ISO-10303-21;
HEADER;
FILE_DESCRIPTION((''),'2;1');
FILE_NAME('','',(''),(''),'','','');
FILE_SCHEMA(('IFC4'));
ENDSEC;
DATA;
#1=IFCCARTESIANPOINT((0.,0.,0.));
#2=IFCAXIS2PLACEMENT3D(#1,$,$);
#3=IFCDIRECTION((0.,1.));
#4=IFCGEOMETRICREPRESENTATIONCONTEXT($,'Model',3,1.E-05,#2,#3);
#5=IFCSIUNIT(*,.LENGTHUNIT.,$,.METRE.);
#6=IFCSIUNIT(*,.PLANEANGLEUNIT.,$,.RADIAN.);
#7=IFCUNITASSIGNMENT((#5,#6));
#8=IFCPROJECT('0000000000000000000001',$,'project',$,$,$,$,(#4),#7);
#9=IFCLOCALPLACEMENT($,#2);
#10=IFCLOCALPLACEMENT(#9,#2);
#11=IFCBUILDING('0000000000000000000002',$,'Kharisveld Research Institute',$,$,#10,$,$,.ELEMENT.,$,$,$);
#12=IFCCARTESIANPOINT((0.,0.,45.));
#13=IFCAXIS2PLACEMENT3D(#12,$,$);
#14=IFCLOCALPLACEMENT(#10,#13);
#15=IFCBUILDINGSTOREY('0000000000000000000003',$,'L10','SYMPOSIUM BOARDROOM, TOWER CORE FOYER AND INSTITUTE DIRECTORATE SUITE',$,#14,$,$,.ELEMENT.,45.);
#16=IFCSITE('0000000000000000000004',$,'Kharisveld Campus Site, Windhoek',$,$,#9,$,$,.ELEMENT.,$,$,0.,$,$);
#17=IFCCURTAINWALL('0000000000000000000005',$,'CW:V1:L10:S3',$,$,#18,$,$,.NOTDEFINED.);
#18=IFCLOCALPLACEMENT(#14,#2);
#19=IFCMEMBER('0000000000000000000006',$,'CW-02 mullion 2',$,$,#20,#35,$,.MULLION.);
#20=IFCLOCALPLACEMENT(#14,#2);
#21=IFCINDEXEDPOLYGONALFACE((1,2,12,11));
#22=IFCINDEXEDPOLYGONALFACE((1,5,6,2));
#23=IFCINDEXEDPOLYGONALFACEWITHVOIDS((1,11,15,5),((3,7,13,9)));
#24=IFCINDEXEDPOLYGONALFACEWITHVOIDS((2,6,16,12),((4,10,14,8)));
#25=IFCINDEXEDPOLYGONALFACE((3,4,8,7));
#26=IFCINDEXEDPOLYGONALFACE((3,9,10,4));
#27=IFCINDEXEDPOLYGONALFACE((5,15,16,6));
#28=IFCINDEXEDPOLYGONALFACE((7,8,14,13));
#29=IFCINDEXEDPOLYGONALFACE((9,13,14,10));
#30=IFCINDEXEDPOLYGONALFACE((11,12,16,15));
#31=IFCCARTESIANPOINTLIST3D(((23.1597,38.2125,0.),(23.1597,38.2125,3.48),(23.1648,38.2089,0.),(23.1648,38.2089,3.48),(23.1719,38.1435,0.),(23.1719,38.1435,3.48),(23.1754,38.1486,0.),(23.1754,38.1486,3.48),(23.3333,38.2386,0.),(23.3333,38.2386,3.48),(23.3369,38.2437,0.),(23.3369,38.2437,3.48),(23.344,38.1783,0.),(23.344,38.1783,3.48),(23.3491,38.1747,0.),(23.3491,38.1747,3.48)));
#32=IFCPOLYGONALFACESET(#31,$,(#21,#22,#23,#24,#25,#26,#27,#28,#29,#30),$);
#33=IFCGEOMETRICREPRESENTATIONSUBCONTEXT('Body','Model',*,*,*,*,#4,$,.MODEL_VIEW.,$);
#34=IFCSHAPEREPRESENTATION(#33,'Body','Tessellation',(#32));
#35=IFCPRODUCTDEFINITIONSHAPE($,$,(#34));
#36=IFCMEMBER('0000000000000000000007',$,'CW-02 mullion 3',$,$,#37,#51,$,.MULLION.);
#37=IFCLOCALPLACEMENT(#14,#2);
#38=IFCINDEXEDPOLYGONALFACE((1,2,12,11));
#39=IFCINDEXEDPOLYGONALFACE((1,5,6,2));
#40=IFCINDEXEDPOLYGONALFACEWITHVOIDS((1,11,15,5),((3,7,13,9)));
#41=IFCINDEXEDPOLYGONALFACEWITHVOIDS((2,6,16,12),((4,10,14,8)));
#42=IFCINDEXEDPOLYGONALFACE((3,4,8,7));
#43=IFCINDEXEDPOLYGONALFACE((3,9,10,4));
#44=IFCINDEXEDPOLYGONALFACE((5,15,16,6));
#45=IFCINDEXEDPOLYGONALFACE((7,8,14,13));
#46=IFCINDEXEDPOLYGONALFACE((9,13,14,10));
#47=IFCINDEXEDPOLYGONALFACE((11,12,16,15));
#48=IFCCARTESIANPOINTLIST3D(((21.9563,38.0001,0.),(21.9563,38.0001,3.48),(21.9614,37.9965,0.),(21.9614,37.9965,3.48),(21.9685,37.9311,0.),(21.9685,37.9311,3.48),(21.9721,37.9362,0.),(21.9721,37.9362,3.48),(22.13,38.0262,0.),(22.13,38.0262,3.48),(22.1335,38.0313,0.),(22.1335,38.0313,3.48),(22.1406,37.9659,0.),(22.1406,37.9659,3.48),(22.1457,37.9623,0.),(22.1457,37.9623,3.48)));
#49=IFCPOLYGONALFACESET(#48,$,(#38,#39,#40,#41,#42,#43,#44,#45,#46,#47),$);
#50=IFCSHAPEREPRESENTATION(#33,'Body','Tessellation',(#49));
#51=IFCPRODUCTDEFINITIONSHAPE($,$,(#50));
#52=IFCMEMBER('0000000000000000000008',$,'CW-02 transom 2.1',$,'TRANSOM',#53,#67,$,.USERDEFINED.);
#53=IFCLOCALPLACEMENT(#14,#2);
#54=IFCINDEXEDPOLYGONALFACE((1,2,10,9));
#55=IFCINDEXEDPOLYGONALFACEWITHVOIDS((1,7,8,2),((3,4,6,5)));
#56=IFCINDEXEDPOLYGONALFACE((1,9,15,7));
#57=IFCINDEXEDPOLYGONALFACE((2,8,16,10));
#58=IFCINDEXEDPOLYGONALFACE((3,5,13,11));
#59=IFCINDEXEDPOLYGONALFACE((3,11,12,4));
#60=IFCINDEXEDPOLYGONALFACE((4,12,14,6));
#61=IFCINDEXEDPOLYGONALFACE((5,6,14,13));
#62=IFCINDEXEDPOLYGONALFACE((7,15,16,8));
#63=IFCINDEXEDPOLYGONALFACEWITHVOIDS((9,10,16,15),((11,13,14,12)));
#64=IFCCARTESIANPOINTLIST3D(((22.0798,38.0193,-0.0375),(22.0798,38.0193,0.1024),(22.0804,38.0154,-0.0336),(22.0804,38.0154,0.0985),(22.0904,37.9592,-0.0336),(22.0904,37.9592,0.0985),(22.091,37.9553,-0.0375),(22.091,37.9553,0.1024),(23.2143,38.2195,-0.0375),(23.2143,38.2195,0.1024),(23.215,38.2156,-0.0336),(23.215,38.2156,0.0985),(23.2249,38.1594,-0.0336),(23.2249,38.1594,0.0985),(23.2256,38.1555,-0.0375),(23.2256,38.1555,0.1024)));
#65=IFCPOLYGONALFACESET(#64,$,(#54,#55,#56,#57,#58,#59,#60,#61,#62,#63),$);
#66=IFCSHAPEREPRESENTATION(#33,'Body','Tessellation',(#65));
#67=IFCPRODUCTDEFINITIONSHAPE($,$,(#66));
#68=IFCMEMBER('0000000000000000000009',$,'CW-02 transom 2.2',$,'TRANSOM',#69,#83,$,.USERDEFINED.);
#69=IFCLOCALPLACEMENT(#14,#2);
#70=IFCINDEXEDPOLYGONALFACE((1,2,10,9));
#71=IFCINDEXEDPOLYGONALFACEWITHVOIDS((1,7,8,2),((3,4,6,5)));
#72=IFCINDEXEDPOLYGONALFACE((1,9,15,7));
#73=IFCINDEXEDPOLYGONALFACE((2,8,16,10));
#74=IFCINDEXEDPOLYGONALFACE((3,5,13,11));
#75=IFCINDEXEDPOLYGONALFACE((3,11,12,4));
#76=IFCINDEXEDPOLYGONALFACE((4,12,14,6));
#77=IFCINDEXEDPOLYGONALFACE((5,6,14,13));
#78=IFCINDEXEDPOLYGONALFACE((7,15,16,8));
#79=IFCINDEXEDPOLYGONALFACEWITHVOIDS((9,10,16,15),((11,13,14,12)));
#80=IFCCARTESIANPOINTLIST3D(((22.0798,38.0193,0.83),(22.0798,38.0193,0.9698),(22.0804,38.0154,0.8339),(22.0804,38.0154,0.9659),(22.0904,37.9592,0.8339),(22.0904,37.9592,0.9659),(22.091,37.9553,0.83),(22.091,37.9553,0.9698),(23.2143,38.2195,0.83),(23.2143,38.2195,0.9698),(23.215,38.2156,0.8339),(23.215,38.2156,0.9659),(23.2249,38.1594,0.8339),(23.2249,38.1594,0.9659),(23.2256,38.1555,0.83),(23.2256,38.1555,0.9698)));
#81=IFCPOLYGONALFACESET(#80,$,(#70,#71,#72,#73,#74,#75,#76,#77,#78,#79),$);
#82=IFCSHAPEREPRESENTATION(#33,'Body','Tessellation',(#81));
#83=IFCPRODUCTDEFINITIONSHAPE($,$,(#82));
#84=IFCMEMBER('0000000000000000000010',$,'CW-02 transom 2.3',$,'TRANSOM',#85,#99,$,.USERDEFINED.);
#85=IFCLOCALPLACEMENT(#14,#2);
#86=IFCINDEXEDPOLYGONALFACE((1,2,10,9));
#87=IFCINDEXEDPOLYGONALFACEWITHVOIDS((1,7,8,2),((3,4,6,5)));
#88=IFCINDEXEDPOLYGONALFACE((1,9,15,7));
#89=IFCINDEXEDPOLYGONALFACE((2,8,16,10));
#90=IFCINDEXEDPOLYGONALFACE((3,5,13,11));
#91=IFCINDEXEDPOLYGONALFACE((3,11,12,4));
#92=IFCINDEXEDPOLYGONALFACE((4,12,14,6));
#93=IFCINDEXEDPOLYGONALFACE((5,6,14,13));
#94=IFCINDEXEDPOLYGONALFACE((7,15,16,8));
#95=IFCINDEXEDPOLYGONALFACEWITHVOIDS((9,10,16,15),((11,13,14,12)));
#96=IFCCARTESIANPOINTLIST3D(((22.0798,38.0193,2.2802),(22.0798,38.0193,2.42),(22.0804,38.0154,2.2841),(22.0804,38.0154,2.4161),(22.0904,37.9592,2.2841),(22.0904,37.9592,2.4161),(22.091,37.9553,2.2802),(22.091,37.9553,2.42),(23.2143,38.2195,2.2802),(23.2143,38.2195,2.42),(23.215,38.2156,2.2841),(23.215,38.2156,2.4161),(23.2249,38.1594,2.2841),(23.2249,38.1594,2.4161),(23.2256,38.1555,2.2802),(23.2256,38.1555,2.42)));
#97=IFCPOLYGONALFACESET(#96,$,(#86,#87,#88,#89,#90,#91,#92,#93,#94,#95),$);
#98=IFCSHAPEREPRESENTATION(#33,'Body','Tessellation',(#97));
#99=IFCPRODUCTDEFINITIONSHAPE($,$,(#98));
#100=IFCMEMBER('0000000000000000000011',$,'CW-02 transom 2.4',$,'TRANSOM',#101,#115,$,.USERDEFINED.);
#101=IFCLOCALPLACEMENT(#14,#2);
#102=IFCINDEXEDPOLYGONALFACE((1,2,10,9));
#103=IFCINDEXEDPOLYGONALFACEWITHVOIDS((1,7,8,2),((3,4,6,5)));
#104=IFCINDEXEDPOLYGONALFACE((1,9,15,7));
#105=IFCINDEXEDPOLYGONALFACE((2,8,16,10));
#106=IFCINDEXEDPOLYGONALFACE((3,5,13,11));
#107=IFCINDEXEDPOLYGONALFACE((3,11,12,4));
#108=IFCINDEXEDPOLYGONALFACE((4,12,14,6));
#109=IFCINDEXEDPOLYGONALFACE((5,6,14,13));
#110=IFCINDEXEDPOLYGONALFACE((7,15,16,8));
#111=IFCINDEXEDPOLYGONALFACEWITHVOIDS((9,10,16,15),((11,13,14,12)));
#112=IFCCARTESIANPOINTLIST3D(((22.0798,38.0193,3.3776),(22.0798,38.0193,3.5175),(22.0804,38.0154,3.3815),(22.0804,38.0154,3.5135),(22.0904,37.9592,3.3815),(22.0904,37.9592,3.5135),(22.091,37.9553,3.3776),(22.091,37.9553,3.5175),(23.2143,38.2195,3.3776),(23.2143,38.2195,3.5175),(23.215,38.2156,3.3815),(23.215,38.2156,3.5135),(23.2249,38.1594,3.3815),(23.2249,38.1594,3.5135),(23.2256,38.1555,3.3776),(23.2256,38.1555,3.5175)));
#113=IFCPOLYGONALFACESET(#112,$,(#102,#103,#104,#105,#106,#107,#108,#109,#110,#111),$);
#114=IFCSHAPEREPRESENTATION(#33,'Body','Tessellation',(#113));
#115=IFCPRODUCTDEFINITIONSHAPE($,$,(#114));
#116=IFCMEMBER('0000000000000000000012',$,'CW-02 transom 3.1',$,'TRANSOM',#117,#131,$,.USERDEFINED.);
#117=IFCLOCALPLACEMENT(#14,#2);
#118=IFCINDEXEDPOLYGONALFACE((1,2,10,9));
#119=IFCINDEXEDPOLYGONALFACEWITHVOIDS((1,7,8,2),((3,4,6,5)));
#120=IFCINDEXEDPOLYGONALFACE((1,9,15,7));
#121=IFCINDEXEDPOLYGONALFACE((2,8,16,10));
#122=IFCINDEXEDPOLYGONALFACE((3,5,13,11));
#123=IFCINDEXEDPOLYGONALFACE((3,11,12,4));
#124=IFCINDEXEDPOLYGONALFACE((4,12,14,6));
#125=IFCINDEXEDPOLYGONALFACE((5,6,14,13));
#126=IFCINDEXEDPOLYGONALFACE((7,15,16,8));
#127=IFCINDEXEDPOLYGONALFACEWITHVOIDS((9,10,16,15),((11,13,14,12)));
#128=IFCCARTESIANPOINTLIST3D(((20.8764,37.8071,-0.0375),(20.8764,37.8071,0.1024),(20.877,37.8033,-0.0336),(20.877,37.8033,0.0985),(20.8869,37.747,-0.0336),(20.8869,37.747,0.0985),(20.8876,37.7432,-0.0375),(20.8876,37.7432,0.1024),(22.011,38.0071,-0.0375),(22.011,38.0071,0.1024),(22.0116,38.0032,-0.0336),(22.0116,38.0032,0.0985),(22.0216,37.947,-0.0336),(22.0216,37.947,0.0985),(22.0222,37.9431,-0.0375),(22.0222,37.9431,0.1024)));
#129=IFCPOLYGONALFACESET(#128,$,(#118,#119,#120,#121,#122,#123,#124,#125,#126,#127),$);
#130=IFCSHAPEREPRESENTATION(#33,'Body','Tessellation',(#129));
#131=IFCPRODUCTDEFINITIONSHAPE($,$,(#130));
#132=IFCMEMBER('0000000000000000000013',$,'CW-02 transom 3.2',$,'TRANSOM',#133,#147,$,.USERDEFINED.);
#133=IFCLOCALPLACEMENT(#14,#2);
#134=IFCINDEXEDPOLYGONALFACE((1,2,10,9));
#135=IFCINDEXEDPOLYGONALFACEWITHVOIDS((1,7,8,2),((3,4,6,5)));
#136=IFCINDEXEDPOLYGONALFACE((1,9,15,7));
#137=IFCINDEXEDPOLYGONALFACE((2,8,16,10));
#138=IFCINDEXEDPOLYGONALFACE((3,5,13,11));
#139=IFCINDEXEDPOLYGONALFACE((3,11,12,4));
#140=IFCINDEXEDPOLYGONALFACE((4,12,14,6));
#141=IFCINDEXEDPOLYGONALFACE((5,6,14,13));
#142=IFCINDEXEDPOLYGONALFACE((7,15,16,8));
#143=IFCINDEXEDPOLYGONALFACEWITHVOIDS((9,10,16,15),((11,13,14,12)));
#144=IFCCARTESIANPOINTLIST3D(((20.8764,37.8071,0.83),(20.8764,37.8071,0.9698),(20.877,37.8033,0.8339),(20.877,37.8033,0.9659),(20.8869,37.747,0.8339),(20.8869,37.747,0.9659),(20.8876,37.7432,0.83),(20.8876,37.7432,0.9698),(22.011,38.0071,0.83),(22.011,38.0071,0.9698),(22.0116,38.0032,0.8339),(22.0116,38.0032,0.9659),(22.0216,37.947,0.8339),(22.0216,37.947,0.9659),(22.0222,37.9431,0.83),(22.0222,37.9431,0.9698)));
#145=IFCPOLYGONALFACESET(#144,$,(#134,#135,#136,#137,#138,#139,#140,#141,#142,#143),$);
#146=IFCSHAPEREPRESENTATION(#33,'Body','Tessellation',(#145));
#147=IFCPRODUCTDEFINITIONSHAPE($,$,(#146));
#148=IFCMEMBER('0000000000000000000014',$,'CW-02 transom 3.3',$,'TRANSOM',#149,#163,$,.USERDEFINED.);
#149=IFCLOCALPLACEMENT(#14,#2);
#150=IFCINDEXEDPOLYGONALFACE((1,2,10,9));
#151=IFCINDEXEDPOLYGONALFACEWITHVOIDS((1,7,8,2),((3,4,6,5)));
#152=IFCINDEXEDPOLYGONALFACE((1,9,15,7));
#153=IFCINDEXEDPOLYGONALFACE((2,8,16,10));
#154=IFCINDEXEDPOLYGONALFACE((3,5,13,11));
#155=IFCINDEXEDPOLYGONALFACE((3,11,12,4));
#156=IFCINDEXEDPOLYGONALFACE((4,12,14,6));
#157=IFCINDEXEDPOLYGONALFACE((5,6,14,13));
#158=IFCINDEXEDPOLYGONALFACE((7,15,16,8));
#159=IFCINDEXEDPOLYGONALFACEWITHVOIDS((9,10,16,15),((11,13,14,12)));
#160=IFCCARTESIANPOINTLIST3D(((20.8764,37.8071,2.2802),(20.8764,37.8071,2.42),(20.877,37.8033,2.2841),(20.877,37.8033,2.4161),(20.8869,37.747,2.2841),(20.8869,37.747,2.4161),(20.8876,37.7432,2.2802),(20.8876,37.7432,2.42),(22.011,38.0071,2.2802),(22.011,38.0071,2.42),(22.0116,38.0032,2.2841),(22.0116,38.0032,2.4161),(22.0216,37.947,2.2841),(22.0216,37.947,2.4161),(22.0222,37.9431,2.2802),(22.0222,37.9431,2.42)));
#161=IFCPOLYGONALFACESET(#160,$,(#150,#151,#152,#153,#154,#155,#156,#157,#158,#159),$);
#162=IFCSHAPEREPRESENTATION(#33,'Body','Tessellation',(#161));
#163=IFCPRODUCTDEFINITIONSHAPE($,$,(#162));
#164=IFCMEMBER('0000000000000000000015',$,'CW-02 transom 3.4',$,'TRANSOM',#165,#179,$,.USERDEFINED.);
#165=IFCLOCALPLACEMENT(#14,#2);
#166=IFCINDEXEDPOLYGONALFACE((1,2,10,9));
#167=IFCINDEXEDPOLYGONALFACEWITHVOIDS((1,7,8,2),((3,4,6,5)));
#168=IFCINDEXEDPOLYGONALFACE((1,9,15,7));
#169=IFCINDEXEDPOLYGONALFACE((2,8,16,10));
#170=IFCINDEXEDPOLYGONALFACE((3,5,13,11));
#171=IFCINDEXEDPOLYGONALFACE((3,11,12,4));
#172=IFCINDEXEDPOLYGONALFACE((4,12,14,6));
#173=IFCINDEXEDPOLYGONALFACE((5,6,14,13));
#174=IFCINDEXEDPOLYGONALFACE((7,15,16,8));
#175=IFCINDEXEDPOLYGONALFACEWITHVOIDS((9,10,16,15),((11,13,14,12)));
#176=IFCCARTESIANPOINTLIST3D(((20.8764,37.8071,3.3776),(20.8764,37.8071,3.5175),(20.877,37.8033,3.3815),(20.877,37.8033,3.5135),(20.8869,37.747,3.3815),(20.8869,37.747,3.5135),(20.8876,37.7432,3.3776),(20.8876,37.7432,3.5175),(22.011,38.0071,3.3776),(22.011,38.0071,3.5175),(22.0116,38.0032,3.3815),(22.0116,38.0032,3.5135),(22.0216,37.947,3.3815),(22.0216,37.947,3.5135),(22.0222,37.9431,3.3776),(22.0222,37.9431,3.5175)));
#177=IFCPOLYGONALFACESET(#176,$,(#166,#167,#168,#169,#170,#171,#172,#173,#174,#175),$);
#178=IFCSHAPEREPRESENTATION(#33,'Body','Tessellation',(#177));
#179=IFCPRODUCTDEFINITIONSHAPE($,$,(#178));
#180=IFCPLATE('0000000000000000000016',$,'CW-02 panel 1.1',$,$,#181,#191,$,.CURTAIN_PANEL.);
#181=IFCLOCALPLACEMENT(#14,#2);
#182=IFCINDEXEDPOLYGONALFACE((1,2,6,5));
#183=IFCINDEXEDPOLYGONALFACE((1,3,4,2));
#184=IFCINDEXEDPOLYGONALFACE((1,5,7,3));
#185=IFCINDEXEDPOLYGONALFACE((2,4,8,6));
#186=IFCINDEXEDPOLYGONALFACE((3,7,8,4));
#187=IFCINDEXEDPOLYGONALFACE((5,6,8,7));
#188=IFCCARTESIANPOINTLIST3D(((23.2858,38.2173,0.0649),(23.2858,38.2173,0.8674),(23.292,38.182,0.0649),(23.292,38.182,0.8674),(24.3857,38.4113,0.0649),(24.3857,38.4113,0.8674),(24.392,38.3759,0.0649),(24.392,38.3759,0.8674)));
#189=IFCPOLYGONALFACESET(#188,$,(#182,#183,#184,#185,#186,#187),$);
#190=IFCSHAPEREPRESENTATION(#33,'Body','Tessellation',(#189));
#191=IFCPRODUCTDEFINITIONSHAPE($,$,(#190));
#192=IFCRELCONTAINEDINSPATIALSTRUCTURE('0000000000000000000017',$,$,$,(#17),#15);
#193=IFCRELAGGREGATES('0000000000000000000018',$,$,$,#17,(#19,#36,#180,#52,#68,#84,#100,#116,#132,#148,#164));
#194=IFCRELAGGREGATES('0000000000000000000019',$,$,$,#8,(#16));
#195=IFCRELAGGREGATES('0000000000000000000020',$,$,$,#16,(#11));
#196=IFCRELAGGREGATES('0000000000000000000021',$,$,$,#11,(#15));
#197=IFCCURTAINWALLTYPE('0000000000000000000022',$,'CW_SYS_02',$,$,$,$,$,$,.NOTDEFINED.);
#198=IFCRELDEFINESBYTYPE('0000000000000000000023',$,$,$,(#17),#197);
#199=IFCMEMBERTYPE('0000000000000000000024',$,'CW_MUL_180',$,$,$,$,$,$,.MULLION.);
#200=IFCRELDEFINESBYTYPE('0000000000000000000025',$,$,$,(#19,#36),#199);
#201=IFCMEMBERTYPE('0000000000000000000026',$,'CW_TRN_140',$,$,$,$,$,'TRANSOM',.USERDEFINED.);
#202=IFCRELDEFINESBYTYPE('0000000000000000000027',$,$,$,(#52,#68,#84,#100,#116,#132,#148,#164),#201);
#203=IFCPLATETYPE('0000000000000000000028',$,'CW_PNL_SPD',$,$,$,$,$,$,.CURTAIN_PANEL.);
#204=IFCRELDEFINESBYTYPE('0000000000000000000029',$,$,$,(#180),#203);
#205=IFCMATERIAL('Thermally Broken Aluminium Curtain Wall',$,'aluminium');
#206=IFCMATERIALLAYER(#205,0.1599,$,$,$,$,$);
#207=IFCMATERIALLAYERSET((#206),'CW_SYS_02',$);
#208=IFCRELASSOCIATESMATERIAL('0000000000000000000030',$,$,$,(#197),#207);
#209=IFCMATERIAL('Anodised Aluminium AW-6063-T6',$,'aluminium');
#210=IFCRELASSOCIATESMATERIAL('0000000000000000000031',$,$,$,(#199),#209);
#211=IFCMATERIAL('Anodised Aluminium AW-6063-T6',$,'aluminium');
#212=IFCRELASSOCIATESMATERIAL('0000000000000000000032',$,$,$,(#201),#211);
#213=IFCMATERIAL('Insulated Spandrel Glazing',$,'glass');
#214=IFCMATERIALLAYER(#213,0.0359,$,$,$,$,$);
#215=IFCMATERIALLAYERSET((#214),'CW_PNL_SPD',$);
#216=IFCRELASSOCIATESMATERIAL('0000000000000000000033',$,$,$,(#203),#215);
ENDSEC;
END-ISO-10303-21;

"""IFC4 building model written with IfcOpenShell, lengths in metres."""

from ifc_helpers import new_model, si_unit, direction, frame, origin, origin_2d, place, context, subcontext, project, spatial, rectangle, hollow_rectangle, extrude, material, layer, layer_set, material_profile, profile_set, type_object, element, aggregate, save


model = new_model("IFC4")

# Units and contexts
model_context = context("Model", 3, precision=1e-05, world=origin(), true_north=direction((0.0, 1.0)))
body_context = subcontext(model_context, "Body", "Model", "MODEL_VIEW")
ifc_project = project(units=[si_unit("LENGTHUNIT", "METRE"), si_unit("PLANEANGLEUNIT", "RADIAN")], contexts=[model_context])

# Site, building, storey
site_placement = place(None, origin())
site = spatial("IfcSite", under=ifc_project, at=site_placement, Name="Kharisveld Campus Site, Windhoek", CompositionType="ELEMENT", RefElevation=0.0)
building_placement = place(site_placement, origin())
building = spatial("IfcBuilding", under=site, at=building_placement, Name="Kharisveld Research Institute", CompositionType="ELEMENT")
storey_placement = place(building_placement, frame((0.0, 0.0, 45.0)))
storey = spatial("IfcBuildingStorey", under=building, at=storey_placement, Name="L10", Description="SYMPOSIUM BOARDROOM, TOWER CORE FOYER AND INSTITUTE DIRECTORATE SUITE", CompositionType="ELEMENT", Elevation=45.0)

# Curtain wall, members, plate
ifc_material_1 = material(Name="Thermally Broken Aluminium Curtain Wall", Category="aluminium")
ifc_layer_1 = layer(ifc_material_1, 0.1599)
ifc_layer_set_1 = layer_set([ifc_layer_1], Name="CW_SYS_02")
curtain_wall_type = type_object("IfcCurtainWallType", Name="CW_SYS_02", PredefinedType="NOTDEFINED", material=ifc_layer_set_1)
curtain_wall_placement = place(storey_placement, origin())
curtain_wall = element("IfcCurtainWall", 1, at=curtain_wall_placement, inside=storey, type_object=curtain_wall_type, Name="CW:V1:L10:S3", PredefinedType="NOTDEFINED")
ifc_material_2 = material(Name="Anodised Aluminium AW-6063-T6", Category="aluminium")
ifc_material_profile_1 = material_profile(ifc_material_2, hollow_rectangle(XDim=0.0701, YDim=0.1799, WallThickness=0.0044, at=origin_2d()))
ifc_profile_set_1 = profile_set([ifc_material_profile_1], Name="Anodised Aluminium AW-6063-T6")
member_type_1 = type_object("IfcMemberType", Name="CW_MUL_180", PredefinedType="MULLION", material=ifc_profile_set_1)
member_1_placement = place(storey_placement, frame((23.2544, 38.1936, 0.0), z_axis=(0.0, 0.0, 1.0), x_axis=(0.173648, -0.984808, 0.0)))
member_1 = element("IfcMember", 2, at=member_1_placement, type_object=member_type_1, Name="CW-02 mullion 2", PredefinedType="MULLION", context=body_context, shape_type="SweptSolid", body=[
    extrude(hollow_rectangle(XDim=0.0701, YDim=0.1799, WallThickness=0.0044, at=origin_2d()), origin(), (0.0, 0.0, 1.0), 3.48),
])
member_2_placement = place(storey_placement, frame((22.051, 37.9812, 0.0), z_axis=(0.0, 0.0, 1.0), x_axis=(0.173648, -0.984808, 0.0)))
member_2 = element("IfcMember", 3, at=member_2_placement, type_object=member_type_1, Name="CW-02 mullion 3", PredefinedType="MULLION", context=body_context, shape_type="SweptSolid", body=[
    extrude(hollow_rectangle(XDim=0.0701, YDim=0.1799, WallThickness=0.0044, at=origin_2d()), origin(), (0.0, 0.0, 1.0), 3.48),
])
ifc_material_3 = material(Name="Anodised Aluminium AW-6063-T6", Category="aluminium")
ifc_material_profile_2 = material_profile(ifc_material_3, hollow_rectangle(XDim=0.0649, YDim=0.1399, WallThickness=0.0039, at=origin_2d()))
ifc_profile_set_2 = profile_set([ifc_material_profile_2], Name="Anodised Aluminium AW-6063-T6")
member_type_2 = type_object("IfcMemberType", Name="CW_TRN_140", ElementType="TRANSOM", PredefinedType="USERDEFINED", material=ifc_profile_set_2)
member_3_placement = place(storey_placement, frame((23.22, 38.1875, 0.0325), z_axis=(-0.984786, -0.173773, 0.0), x_axis=(0.173773, -0.984786, 0.0)))
member_3 = element("IfcMember", 4, at=member_3_placement, type_object=member_type_2, Name="CW-02 transom 2.1", ObjectType="TRANSOM", PredefinedType="USERDEFINED", context=body_context, shape_type="SweptSolid", body=[
    extrude(hollow_rectangle(XDim=0.0649, YDim=0.1399, WallThickness=0.0039, at=origin_2d()), origin(), (0.0, 0.0, 1.0), 1.1521),
])
member_4_placement = place(storey_placement, frame((23.22, 38.1875, 0.8999), z_axis=(-0.984786, -0.173773, 0.0), x_axis=(0.173773, -0.984786, 0.0)))
member_4 = element("IfcMember", 5, at=member_4_placement, type_object=member_type_2, Name="CW-02 transom 2.2", ObjectType="TRANSOM", PredefinedType="USERDEFINED", context=body_context, shape_type="SweptSolid", body=[
    extrude(hollow_rectangle(XDim=0.0649, YDim=0.1399, WallThickness=0.0039, at=origin_2d()), origin(), (0.0, 0.0, 1.0), 1.1521),
])
member_5_placement = place(storey_placement, frame((23.22, 38.1875, 2.3501), z_axis=(-0.984786, -0.173773, 0.0), x_axis=(0.173773, -0.984786, 0.0)))
member_5 = element("IfcMember", 6, at=member_5_placement, type_object=member_type_2, Name="CW-02 transom 2.3", ObjectType="TRANSOM", PredefinedType="USERDEFINED", context=body_context, shape_type="SweptSolid", body=[
    extrude(hollow_rectangle(XDim=0.0649, YDim=0.1399, WallThickness=0.0039, at=origin_2d()), origin(), (0.0, 0.0, 1.0), 1.1521),
])
member_6_placement = place(storey_placement, frame((23.22, 38.1875, 3.4475), z_axis=(-0.984786, -0.173773, 0.0), x_axis=(0.173773, -0.984786, 0.0)))
member_6 = element("IfcMember", 7, at=member_6_placement, type_object=member_type_2, Name="CW-02 transom 2.4", ObjectType="TRANSOM", PredefinedType="USERDEFINED", context=body_context, shape_type="SweptSolid", body=[
    extrude(hollow_rectangle(XDim=0.0649, YDim=0.1399, WallThickness=0.0039, at=origin_2d()), origin(), (0.0, 0.0, 1.0), 1.1521),
])
member_7_placement = place(storey_placement, frame((22.0166, 37.9751, 0.0325), z_axis=(-0.984822, -0.173568, 0.0), x_axis=(0.173568, -0.984822, 0.0)))
member_7 = element("IfcMember", 8, at=member_7_placement, type_object=member_type_2, Name="CW-02 transom 3.1", ObjectType="TRANSOM", PredefinedType="USERDEFINED", context=body_context, shape_type="SweptSolid", body=[
    extrude(hollow_rectangle(XDim=0.0649, YDim=0.1399, WallThickness=0.0039, at=origin_2d()), origin(), (0.0, 0.0, 1.0), 1.1521),
])
member_8_placement = place(storey_placement, frame((22.0166, 37.9751, 0.8999), z_axis=(-0.984822, -0.173568, 0.0), x_axis=(0.173568, -0.984822, 0.0)))
member_8 = element("IfcMember", 9, at=member_8_placement, type_object=member_type_2, Name="CW-02 transom 3.2", ObjectType="TRANSOM", PredefinedType="USERDEFINED", context=body_context, shape_type="SweptSolid", body=[
    extrude(hollow_rectangle(XDim=0.0649, YDim=0.1399, WallThickness=0.0039, at=origin_2d()), origin(), (0.0, 0.0, 1.0), 1.1521),
])
member_9_placement = place(storey_placement, frame((22.0166, 37.9751, 2.3501), z_axis=(-0.984822, -0.173568, 0.0), x_axis=(0.173568, -0.984822, 0.0)))
member_9 = element("IfcMember", 10, at=member_9_placement, type_object=member_type_2, Name="CW-02 transom 3.3", ObjectType="TRANSOM", PredefinedType="USERDEFINED", context=body_context, shape_type="SweptSolid", body=[
    extrude(hollow_rectangle(XDim=0.0649, YDim=0.1399, WallThickness=0.0039, at=origin_2d()), origin(), (0.0, 0.0, 1.0), 1.1521),
])
member_10_placement = place(storey_placement, frame((22.0166, 37.9751, 3.4475), z_axis=(-0.984822, -0.173568, 0.0), x_axis=(0.173568, -0.984822, 0.0)))
member_10 = element("IfcMember", 11, at=member_10_placement, type_object=member_type_2, Name="CW-02 transom 3.4", ObjectType="TRANSOM", PredefinedType="USERDEFINED", context=body_context, shape_type="SweptSolid", body=[
    extrude(hollow_rectangle(XDim=0.0649, YDim=0.1399, WallThickness=0.0039, at=origin_2d()), origin(), (0.0, 0.0, 1.0), 1.1521),
])
ifc_material_4 = material(Name="Insulated Spandrel Glazing", Category="glass")
ifc_layer_2 = layer(ifc_material_4, 0.0359)
ifc_layer_set_2 = layer_set([ifc_layer_2], Name="CW_PNL_SPD")
plate_type = type_object("IfcPlateType", Name="CW_PNL_SPD", PredefinedType="CURTAIN_PANEL", material=ifc_layer_set_2)
plate_1_placement = place(storey_placement, frame((23.8389, 38.2966, 0.0649), z_axis=(0.0, 0.0, 1.0), x_axis=(-0.984808, -0.173648, 0.0)))
plate_1 = element("IfcPlate", 12, at=plate_1_placement, type_object=plate_type, Name="CW-02 panel 1.1", PredefinedType="CURTAIN_PANEL", context=body_context, shape_type="SweptSolid", body=[
    extrude(rectangle(XDim=1.1169, YDim=0.0359, at=origin_2d()), origin(), (0.0, 0.0, 1.0), 0.8025),
])
aggregate(curtain_wall, [member_1, member_2, plate_1, member_3, member_4, member_5, member_6, member_7, member_8, member_9, member_10])

save(model, "model.ifc")
